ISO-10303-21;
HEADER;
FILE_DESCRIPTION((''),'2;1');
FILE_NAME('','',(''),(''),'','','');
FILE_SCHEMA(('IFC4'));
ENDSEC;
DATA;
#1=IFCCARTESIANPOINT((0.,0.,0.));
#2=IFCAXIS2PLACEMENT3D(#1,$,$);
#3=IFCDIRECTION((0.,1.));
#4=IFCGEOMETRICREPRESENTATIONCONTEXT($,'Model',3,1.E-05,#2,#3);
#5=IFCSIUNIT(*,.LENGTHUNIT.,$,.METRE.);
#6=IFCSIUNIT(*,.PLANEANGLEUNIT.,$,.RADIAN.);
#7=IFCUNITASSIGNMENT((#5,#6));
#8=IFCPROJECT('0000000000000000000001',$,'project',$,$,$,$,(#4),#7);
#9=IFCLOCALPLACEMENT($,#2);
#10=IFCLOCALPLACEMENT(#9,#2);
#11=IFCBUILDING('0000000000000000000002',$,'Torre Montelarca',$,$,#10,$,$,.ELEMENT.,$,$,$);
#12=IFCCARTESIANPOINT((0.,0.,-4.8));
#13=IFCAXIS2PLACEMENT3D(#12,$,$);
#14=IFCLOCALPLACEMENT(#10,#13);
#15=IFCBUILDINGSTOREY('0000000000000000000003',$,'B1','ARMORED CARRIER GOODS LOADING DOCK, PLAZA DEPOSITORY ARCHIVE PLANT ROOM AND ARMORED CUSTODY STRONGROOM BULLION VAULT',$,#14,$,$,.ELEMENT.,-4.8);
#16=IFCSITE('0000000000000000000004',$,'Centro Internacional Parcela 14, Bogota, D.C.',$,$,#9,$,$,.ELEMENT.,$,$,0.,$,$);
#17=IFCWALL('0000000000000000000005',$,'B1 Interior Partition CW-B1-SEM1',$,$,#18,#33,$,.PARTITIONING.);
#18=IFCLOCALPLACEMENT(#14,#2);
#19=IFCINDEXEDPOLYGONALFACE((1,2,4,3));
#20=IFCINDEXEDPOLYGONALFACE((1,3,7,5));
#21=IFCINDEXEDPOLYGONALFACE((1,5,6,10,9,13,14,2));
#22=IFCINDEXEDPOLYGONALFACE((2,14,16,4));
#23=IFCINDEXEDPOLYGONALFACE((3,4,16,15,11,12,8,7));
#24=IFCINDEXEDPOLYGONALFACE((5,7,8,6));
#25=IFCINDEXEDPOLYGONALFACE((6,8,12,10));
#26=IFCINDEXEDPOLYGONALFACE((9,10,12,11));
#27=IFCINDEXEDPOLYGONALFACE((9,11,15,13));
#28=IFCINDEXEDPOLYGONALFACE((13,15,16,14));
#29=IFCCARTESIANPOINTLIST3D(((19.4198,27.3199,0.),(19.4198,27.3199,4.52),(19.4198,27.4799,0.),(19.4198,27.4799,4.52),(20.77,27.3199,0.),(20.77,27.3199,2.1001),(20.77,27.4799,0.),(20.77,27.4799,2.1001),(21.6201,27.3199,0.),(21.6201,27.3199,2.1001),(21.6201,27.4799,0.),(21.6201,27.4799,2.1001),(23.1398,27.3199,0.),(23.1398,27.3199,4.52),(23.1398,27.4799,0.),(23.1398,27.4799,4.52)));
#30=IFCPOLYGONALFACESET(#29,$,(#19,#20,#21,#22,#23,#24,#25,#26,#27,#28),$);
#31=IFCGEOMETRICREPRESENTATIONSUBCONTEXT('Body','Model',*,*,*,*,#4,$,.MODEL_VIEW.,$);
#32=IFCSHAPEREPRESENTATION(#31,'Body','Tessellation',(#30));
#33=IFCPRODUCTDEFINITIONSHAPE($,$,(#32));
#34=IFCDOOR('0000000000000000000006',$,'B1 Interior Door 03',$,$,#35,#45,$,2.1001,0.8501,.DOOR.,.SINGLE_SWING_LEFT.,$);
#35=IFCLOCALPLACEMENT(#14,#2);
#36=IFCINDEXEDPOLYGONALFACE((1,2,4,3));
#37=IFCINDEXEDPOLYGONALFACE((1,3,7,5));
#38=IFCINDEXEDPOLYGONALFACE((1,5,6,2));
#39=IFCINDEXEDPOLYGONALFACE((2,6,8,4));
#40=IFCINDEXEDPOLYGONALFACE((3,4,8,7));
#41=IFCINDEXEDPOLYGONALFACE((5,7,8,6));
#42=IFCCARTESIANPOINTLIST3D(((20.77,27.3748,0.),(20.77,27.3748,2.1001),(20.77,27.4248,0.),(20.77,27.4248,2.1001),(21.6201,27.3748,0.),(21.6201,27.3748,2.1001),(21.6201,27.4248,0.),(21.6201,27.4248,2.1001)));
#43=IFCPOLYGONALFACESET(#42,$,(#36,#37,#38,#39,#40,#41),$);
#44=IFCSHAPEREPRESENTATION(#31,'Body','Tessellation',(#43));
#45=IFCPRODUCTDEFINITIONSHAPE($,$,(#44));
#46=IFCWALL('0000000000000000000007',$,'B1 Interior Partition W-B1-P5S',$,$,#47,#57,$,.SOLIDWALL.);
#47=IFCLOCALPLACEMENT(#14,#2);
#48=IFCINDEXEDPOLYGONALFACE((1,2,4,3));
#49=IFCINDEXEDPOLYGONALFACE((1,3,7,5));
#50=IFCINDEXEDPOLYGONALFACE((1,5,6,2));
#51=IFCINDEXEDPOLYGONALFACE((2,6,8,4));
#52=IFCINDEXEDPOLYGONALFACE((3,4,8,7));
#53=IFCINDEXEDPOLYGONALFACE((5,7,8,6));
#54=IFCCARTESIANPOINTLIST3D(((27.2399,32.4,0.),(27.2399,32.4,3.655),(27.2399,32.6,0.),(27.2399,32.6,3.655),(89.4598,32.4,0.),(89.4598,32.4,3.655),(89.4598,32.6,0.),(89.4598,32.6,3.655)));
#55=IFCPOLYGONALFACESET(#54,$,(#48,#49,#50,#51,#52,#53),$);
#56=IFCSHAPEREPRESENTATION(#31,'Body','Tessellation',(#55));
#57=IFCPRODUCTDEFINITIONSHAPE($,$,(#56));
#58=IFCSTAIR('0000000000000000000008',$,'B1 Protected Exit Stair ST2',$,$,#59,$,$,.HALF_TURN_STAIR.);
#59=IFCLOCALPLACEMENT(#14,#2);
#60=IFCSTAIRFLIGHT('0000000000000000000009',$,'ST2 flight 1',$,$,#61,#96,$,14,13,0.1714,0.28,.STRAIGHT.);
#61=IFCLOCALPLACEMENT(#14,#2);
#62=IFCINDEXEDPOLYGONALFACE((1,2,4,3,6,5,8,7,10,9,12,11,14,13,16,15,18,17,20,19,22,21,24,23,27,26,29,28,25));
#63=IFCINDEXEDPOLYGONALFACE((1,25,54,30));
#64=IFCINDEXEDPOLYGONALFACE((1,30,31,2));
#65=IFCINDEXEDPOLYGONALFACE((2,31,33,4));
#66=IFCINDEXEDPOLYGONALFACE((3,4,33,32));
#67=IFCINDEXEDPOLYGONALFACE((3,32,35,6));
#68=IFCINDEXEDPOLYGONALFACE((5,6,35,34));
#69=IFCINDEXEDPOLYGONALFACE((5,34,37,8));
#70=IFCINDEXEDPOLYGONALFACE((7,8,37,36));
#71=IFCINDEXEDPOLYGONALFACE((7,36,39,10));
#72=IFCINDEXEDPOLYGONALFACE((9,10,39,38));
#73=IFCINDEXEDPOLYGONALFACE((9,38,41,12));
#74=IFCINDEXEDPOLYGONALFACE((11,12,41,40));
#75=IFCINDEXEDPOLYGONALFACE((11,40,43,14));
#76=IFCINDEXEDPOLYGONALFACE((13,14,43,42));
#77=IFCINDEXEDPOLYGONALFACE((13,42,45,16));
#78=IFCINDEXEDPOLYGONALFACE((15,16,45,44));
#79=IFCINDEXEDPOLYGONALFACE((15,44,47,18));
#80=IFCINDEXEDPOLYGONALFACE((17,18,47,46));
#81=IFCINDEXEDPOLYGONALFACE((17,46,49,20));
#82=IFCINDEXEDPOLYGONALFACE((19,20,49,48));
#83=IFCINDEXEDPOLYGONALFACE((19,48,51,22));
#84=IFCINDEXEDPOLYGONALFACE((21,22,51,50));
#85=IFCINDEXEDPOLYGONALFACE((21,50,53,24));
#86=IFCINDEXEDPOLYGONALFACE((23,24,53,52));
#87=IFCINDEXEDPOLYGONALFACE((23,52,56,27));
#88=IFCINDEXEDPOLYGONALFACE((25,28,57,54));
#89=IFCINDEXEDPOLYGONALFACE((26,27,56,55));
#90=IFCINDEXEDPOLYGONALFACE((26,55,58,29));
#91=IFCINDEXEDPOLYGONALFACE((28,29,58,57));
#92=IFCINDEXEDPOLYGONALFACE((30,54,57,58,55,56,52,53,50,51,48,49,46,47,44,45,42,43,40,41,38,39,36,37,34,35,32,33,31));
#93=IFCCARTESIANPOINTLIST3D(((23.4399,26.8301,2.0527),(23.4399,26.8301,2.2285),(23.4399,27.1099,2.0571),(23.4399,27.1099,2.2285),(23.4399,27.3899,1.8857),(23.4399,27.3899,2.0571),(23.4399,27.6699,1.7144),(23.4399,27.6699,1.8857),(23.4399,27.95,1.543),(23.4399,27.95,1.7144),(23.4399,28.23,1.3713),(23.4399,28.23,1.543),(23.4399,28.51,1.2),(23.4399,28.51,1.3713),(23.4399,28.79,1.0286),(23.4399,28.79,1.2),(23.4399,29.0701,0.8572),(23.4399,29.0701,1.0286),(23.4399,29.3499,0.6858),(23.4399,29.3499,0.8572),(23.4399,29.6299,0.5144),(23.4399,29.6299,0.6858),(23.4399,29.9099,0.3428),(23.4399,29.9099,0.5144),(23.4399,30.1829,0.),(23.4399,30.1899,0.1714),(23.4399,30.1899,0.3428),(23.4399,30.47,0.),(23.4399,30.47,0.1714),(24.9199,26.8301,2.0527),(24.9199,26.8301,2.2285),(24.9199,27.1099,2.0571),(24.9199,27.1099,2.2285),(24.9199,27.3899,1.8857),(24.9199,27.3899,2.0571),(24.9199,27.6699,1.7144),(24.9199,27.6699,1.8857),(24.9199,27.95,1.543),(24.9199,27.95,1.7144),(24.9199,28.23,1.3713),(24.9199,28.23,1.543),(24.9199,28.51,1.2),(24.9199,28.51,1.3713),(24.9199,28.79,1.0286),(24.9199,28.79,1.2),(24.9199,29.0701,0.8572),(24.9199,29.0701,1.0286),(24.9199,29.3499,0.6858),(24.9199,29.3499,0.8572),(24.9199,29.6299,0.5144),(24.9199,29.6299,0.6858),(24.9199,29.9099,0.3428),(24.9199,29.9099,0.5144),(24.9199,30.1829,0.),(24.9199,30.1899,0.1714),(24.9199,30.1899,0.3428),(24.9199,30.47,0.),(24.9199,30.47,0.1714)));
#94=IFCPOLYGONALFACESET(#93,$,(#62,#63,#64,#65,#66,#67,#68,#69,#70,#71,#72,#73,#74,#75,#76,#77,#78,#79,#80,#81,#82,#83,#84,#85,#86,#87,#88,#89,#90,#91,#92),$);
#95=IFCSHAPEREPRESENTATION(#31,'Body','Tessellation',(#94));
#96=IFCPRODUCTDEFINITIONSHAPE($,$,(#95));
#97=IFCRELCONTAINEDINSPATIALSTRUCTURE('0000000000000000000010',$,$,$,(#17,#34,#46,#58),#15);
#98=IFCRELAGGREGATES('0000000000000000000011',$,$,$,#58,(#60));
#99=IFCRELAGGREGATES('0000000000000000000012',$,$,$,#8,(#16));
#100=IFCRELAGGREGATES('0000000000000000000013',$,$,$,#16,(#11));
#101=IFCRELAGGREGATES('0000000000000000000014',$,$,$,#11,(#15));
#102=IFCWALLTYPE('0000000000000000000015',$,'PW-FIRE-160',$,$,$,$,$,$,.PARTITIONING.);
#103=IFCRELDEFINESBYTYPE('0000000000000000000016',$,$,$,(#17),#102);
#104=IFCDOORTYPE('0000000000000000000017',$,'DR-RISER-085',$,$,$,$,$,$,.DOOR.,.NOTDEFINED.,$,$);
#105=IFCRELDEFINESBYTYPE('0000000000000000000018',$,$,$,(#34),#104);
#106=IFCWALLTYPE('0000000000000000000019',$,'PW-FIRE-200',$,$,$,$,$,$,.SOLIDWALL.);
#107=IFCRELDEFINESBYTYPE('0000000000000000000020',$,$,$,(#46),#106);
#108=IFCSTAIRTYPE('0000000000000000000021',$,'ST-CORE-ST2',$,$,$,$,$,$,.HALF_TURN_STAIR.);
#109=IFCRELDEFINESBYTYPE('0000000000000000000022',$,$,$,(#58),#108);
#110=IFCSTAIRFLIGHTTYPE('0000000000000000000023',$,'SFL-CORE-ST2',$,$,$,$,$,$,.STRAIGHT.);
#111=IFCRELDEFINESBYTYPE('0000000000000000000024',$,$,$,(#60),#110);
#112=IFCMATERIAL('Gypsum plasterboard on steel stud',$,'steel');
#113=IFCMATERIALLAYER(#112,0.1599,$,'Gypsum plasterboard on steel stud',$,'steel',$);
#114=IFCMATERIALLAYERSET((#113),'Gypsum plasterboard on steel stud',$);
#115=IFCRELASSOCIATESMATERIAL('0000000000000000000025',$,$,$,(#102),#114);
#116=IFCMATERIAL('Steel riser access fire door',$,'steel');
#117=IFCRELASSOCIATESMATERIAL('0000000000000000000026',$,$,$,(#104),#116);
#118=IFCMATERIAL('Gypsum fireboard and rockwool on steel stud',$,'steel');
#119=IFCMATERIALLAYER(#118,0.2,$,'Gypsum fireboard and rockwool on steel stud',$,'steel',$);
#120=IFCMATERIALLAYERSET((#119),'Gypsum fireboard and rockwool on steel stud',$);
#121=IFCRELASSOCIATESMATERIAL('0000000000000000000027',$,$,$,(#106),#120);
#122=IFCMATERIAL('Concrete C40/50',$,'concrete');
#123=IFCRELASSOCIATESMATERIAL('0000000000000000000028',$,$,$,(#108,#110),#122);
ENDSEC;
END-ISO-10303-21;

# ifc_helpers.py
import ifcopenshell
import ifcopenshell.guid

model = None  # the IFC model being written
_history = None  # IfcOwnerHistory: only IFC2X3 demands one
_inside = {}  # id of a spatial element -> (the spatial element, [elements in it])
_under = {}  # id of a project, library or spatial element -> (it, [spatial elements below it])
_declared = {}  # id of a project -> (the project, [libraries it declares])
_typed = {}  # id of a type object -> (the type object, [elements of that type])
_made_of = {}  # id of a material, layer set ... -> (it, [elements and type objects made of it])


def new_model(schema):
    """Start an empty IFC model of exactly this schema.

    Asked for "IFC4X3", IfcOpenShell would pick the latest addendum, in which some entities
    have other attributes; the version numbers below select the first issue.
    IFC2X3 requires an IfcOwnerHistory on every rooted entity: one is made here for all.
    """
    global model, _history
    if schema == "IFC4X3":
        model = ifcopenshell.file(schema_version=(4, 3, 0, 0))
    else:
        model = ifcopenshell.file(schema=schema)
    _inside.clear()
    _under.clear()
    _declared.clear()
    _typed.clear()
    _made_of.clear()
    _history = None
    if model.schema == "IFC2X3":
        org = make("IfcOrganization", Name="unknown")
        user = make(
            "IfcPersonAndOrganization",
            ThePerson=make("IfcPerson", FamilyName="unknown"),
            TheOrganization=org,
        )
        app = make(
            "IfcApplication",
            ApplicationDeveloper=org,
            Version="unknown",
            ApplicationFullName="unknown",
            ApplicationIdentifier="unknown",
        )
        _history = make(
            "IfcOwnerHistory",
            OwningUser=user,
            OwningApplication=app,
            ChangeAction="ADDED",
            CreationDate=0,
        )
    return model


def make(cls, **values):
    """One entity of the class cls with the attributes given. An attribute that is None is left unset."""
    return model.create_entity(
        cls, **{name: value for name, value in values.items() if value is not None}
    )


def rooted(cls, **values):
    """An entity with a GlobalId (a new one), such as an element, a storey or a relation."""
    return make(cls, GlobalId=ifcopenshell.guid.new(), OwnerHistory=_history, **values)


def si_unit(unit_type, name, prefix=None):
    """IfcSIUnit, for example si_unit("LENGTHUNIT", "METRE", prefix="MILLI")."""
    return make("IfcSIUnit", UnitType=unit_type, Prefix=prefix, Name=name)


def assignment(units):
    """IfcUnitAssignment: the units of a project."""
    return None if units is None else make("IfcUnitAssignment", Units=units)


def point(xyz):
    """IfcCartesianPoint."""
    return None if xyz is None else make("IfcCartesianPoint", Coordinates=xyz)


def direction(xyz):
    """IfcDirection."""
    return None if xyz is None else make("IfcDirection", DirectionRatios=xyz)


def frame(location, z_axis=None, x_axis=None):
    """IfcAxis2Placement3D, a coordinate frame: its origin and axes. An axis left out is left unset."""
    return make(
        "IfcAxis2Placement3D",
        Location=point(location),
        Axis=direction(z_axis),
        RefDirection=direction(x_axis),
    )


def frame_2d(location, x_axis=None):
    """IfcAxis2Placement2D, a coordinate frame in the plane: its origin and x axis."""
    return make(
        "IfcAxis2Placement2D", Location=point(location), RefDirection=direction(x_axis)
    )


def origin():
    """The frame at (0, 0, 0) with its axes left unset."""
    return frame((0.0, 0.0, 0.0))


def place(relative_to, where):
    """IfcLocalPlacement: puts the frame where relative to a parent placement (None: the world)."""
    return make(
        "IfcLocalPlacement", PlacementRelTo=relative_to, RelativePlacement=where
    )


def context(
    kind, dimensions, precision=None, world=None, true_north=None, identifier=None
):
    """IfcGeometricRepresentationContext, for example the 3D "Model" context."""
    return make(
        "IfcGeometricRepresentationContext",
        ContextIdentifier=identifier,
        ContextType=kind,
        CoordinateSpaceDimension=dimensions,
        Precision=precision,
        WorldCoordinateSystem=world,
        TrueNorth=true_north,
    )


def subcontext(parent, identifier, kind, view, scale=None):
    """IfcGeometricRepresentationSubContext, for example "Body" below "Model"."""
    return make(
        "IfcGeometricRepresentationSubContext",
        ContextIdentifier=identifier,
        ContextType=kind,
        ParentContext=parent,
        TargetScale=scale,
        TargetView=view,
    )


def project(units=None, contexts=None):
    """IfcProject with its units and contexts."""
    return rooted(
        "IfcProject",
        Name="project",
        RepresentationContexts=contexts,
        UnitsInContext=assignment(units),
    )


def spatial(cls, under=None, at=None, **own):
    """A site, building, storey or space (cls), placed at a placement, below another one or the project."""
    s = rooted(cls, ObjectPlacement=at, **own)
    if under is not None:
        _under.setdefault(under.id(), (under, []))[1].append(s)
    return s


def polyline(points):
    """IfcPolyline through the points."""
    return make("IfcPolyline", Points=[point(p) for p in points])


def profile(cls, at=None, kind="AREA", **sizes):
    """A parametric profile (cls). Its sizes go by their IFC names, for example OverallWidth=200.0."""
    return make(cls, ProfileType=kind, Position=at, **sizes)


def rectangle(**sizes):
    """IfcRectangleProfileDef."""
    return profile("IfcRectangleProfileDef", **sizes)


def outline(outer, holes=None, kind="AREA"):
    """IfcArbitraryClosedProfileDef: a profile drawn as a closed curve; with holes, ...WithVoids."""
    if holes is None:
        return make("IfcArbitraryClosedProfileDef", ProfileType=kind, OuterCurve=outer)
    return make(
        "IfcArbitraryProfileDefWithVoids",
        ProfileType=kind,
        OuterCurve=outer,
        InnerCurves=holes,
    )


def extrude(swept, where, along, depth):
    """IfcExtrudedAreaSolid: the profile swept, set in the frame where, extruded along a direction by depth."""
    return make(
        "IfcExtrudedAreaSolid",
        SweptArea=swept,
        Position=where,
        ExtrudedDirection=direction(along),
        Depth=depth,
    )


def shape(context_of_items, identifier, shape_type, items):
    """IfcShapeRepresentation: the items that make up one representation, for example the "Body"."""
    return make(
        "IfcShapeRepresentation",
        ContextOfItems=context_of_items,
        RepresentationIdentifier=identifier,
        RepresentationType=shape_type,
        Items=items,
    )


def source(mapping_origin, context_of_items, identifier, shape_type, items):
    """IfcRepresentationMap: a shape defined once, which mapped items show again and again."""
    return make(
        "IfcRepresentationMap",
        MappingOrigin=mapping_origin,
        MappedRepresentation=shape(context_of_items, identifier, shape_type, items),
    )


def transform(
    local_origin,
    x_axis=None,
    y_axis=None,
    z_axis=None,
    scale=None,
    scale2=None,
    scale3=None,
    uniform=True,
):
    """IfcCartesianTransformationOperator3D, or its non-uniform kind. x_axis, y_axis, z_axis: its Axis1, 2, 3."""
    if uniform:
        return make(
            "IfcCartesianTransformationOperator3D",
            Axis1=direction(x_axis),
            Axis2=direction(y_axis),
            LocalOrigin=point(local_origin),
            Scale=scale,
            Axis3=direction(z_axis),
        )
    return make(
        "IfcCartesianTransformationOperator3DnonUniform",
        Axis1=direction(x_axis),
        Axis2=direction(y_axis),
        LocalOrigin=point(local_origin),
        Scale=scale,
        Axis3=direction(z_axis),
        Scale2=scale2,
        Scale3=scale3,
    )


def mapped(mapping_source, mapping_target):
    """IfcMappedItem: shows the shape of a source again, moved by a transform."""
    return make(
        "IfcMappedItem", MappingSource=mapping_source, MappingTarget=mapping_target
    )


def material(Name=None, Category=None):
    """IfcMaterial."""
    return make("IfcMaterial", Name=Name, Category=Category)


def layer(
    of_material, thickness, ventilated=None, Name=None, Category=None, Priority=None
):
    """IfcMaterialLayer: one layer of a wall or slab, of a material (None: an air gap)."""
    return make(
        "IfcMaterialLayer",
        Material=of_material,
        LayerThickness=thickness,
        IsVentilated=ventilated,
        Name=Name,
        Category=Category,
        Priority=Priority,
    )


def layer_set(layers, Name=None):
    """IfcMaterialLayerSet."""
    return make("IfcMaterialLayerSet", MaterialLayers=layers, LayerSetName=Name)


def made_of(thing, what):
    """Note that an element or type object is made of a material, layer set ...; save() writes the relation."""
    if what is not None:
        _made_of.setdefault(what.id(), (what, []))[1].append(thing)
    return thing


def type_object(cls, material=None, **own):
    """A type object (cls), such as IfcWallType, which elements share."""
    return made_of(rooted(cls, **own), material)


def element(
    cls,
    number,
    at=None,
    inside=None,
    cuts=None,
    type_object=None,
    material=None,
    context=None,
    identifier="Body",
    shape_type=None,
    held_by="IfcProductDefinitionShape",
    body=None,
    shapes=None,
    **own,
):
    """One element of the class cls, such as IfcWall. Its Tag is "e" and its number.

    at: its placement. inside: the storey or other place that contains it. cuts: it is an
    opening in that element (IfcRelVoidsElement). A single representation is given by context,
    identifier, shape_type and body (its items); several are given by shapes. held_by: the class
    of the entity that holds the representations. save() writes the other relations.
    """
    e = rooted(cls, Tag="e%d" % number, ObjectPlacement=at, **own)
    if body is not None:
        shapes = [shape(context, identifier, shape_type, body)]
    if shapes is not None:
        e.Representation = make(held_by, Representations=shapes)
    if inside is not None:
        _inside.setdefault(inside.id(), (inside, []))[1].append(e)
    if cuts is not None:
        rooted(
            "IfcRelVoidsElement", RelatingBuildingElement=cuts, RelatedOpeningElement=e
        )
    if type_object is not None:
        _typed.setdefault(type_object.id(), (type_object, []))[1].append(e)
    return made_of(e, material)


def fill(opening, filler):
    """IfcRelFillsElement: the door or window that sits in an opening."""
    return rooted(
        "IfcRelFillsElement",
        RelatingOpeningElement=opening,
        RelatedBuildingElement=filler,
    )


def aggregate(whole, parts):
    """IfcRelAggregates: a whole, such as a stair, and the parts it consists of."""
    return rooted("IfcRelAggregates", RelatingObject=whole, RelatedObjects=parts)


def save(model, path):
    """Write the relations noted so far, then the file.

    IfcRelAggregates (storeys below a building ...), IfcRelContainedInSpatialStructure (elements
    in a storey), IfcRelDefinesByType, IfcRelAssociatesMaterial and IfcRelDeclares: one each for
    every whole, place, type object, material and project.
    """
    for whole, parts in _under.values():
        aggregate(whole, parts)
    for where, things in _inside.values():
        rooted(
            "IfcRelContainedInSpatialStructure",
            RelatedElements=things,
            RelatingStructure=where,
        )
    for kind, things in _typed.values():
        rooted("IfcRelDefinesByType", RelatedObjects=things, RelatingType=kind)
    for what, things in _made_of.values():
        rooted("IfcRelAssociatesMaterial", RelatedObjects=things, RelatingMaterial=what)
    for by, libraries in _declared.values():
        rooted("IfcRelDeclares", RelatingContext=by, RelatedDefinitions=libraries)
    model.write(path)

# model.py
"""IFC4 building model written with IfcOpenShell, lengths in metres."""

from ifc_helpers import new_model, si_unit, direction, frame, frame_2d, origin, place, context, subcontext, project, spatial, polyline, rectangle, outline, extrude, source, transform, mapped, material, layer, layer_set, type_object, element, fill, aggregate, save


model = new_model("IFC4")

# Units and contexts
model_context = context("Model", 3, precision=1e-05, world=origin(), true_north=direction((0.0, 1.0)))
body_context = subcontext(model_context, "Body", "Model", "MODEL_VIEW")
ifc_project = project(units=[si_unit("LENGTHUNIT", "METRE"), si_unit("PLANEANGLEUNIT", "RADIAN")], contexts=[model_context])

# Site, building, storey
site_placement = place(None, origin())
site = spatial("IfcSite", under=ifc_project, at=site_placement, Name="Centro Internacional Parcela 14, Bogota, D.C.", CompositionType="ELEMENT", RefElevation=0.0)
building_placement = place(site_placement, origin())
building = spatial("IfcBuilding", under=site, at=building_placement, Name="Torre Montelarca", CompositionType="ELEMENT")
storey_placement = place(building_placement, frame((0.0, 0.0, -4.8)))
storey = spatial("IfcBuildingStorey", under=building, at=storey_placement, Name="B1", Description="ARMORED CARRIER GOODS LOADING DOCK, PLAZA DEPOSITORY ARCHIVE PLANT ROOM AND ARMORED CUSTODY STRONGROOM BULLION VAULT", CompositionType="ELEMENT", Elevation=-4.8)

# Shared definitions
ifc_material_1 = material(Name="Concrete C40/50", Category="concrete")

# Shared definitions
ifc_material_2 = material(Name="Gypsum plasterboard on steel stud", Category="steel")
ifc_layer_1 = layer(ifc_material_2, 0.1599, Name="Gypsum plasterboard on steel stud", Category="steel")
ifc_layer_set_1 = layer_set([ifc_layer_1], Name="Gypsum plasterboard on steel stud")
wall_type_1 = type_object("IfcWallType", Name="PW-FIRE-160", PredefinedType="PARTITIONING", material=ifc_layer_set_1)

# Wall, opening, door
ifc_material_3 = material(Name="Steel riser access fire door", Category="steel")
door_type_1 = type_object("IfcDoorType", Name="DR-RISER-085", OperationType="NOTDEFINED", PredefinedType="DOOR", material=ifc_material_3)
shared_shape_1 = source(origin(), body_context, "Body", "SweptSolid", [
    extrude(rectangle(XDim=0.8501, YDim=2.1001, at=frame_2d((0.425, 1.05))), frame((0.0, 0.0249, 0.0), z_axis=(0.0, -1.0, 0.0), x_axis=(1.0, 0.0, 0.0)), (0.0, 0.0, 1.0), 0.05),
])
wall_1_placement = place(storey_placement, frame((19.4199, 27.3999, 0.0), z_axis=(0.0, 0.0, 1.0), x_axis=(1.0, 0.0, 0.0)))
wall_1 = element("IfcWall", 1, at=wall_1_placement, inside=storey, type_object=wall_type_1, Name="B1 Interior Partition CW-B1-SEM1", PredefinedType="PARTITIONING", context=body_context, shape_type="SweptSolid", body=[
    extrude(rectangle(XDim=3.72, YDim=0.1599, at=frame_2d((1.8599, 0.0))), origin(), (0.0, 0.0, 1.0), 4.52),
])
opening_1_placement = place(wall_1_placement, frame((1.3501, 0.0, 0.0)))
opening_1 = element("IfcOpeningElement", 2, at=opening_1_placement, cuts=wall_1, PredefinedType="OPENING", context=body_context, shape_type="SweptSolid", body=[
    extrude(rectangle(XDim=0.8501, YDim=2.1001, at=frame_2d((0.425, 1.05))), frame((0.0, 0.0898, 0.0), z_axis=(0.0, -1.0, 0.0), x_axis=(1.0, 0.0, 0.0)), (0.0, 0.0, 1.0), 0.1799),
])
door_1_placement = place(opening_1_placement, origin())
door_1 = element("IfcDoor", 3, at=door_1_placement, inside=storey, type_object=door_type_1, Name="B1 Interior Door 03", OperationType="SINGLE_SWING_LEFT", OverallHeight=2.1001, OverallWidth=0.8501, PredefinedType="DOOR", context=body_context, shape_type="MappedRepresentation", body=[
    mapped(shared_shape_1, transform((0.0, 0.0, 0.0), scale=1.0)),
])
fill(opening_1, door_1)

# Wall
ifc_material_4 = material(Name="Gypsum fireboard and rockwool on steel stud", Category="steel")
ifc_layer_2 = layer(ifc_material_4, 0.2, Name="Gypsum fireboard and rockwool on steel stud", Category="steel")
ifc_layer_set_2 = layer_set([ifc_layer_2], Name="Gypsum fireboard and rockwool on steel stud")
wall_type_2 = type_object("IfcWallType", Name="PW-FIRE-200", PredefinedType="SOLIDWALL", material=ifc_layer_set_2)
wall_2_placement = place(storey_placement, frame((27.24, 32.5, 0.0), z_axis=(0.0, 0.0, 1.0), x_axis=(1.0, 0.0, 0.0)))
element("IfcWall", 4, at=wall_2_placement, inside=storey, type_object=wall_type_2, Name="B1 Interior Partition W-B1-P5S", PredefinedType="SOLIDWALL", context=body_context, shape_type="SweptSolid", body=[
    extrude(rectangle(XDim=62.22, YDim=0.2, at=frame_2d((31.1099, 0.0))), origin(), (0.0, 0.0, 1.0), 3.655),
])

# Stair, stair flight
stair_type = type_object("IfcStairType", Name="ST-CORE-ST2", PredefinedType="HALF_TURN_STAIR", material=ifc_material_1)
stair_placement = place(storey_placement, origin())
stair = element("IfcStair", 5, at=stair_placement, inside=storey, type_object=stair_type, Name="B1 Protected Exit Stair ST2", PredefinedType="HALF_TURN_STAIR")
stair_flight_type = type_object("IfcStairFlightType", Name="SFL-CORE-ST2", PredefinedType="STRAIGHT", material=ifc_material_1)
stair_flight_placement = place(storey_placement, frame((24.1799, 30.47, 0.0), z_axis=(0.0, 0.0, 1.0), x_axis=(0.0, -1.0, 0.0)))
stair_flight = element("IfcStairFlight", 6, at=stair_flight_placement, type_object=stair_flight_type, Name="ST2 flight 1", NumberOfRisers=14, NumberOfTreads=13, PredefinedType="STRAIGHT", RiserHeight=0.1714, TreadLength=0.28, context=body_context, shape_type="SweptSolid", body=[
    extrude(outline(polyline([(0.0, 0.0), (0.0, 0.1714), (0.28, 0.1714), (0.28, 0.3428), (0.5601, 0.3428), (0.5601, 0.5144), (0.8401, 0.5144), (0.8401, 0.6858), (1.1201, 0.6858), (1.1201, 0.8572), (1.3999, 0.8572), (1.3999, 1.0286), (1.6799, 1.0286), (1.6799, 1.2), (1.96, 1.2), (1.96, 1.3713), (2.24, 1.3713), (2.24, 1.543), (2.52, 1.543), (2.52, 1.7144), (2.8, 1.7144), (2.8, 1.8857), (3.0801, 1.8857), (3.0801, 2.0571), (3.3601, 2.0571), (3.3601, 2.2285), (3.6399, 2.2285), (3.6399, 2.3999), (3.6399, 2.0527), (0.2871, 0.0), (0.0, 0.0)])), frame((0.0, 0.74, 0.0), z_axis=(0.0, -1.0, 0.0), x_axis=(1.0, 0.0, 0.0)), (0.0, 0.0, 1.0), 1.48),
])
aggregate(stair, [stair_flight])

save(model, "model.ifc")
